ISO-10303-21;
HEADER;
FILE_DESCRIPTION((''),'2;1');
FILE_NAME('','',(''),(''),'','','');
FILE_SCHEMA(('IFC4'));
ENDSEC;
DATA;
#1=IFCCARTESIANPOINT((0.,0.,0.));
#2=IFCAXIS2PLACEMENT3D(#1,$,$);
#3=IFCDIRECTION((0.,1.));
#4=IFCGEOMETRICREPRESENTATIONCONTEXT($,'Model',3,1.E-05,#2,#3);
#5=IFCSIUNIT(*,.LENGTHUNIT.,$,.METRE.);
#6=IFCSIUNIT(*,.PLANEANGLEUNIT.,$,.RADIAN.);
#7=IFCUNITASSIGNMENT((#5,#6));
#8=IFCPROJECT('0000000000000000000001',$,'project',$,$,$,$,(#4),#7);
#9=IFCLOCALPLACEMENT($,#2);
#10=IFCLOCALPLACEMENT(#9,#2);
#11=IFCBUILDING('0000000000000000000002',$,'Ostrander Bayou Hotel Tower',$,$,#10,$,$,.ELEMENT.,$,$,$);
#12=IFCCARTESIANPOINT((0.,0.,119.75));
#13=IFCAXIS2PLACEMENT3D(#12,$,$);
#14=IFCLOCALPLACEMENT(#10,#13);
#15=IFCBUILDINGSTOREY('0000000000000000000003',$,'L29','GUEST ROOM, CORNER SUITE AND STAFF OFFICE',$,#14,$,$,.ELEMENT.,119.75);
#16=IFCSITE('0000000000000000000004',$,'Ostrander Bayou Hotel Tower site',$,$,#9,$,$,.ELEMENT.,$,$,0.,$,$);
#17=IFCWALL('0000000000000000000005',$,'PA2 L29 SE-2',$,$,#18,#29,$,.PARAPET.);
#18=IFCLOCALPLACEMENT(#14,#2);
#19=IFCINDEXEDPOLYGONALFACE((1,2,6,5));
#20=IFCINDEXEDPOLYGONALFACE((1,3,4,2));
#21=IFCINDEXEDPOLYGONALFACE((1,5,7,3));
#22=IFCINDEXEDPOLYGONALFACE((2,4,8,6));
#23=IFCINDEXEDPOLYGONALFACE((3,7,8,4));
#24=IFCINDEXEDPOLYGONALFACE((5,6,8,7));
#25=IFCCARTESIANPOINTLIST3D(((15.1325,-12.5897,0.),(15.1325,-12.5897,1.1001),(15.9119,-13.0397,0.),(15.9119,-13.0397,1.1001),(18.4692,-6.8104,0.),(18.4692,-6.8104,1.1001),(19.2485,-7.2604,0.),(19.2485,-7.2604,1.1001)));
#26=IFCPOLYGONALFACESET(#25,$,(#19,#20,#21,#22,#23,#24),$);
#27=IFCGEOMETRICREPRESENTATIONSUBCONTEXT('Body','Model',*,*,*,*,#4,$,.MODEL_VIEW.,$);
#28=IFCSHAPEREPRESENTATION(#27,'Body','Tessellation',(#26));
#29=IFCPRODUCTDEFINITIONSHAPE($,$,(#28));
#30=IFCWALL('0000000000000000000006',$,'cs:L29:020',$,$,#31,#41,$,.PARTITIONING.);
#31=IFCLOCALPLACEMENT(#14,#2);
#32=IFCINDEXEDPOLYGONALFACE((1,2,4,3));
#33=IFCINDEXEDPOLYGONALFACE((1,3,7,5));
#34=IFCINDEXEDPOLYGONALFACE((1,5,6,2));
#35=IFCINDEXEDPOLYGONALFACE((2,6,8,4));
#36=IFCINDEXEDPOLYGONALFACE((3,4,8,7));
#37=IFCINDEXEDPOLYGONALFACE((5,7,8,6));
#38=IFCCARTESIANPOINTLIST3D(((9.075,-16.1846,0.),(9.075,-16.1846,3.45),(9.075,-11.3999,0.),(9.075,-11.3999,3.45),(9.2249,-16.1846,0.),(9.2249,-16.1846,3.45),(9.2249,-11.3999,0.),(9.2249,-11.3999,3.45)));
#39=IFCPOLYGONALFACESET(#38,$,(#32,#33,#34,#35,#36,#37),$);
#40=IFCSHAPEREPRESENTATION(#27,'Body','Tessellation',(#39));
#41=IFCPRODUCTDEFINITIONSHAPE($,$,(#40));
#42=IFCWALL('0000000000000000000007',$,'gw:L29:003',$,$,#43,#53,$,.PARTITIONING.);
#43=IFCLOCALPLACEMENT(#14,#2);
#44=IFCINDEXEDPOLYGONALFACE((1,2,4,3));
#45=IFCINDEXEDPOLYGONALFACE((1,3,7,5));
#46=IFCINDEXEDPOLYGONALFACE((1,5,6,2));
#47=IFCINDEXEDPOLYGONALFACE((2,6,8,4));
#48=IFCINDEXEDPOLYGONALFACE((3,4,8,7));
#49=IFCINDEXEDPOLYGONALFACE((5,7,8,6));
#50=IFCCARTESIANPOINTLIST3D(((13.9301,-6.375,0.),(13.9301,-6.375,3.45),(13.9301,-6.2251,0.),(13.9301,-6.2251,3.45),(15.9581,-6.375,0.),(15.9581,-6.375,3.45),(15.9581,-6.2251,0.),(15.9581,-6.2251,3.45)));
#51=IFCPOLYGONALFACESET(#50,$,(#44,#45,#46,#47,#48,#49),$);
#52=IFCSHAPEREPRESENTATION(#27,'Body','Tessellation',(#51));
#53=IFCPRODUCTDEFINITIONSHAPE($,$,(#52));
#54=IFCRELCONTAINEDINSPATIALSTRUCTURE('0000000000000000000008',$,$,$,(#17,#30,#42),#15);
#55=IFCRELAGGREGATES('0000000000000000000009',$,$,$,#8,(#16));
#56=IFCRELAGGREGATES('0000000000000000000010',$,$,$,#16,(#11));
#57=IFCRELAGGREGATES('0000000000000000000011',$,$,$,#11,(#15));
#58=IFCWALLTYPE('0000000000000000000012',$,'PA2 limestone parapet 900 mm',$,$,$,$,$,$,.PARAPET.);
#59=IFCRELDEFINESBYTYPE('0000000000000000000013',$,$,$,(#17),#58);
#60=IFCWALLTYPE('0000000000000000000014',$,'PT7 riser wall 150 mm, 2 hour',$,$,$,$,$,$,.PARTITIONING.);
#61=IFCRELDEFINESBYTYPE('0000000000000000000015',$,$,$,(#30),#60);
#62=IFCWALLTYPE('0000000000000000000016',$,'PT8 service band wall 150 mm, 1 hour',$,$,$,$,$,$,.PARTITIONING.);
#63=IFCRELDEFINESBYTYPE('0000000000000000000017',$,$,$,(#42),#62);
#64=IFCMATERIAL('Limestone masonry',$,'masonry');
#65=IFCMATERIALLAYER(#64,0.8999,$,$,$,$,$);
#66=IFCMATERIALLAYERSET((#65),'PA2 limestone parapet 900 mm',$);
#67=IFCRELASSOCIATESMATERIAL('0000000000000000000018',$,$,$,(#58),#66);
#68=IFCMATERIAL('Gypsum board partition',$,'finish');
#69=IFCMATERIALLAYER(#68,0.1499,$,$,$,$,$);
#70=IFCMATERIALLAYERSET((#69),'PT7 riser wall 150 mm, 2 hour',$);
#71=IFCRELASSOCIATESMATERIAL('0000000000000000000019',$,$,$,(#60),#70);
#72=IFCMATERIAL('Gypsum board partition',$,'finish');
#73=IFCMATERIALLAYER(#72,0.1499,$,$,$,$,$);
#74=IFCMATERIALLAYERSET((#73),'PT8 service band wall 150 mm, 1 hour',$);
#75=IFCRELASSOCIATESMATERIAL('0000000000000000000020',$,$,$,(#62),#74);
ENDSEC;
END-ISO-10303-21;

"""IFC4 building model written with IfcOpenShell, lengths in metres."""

from ifc_helpers import new_model, si_unit, direction, frame, frame_2d, origin, place, context, subcontext, project, spatial, rectangle, extrude, material, layer, layer_set, type_object, element, save


model = new_model("IFC4")

# Units and contexts
model_context = context("Model", 3, precision=1e-05, world=origin(), true_north=direction((0.0, 1.0)))
body_context = subcontext(model_context, "Body", "Model", "MODEL_VIEW")
ifc_project = project(units=[si_unit("LENGTHUNIT", "METRE"), si_unit("PLANEANGLEUNIT", "RADIAN")], contexts=[model_context])

# Site, building, storey
site_placement = place(None, origin())
site = spatial("IfcSite", under=ifc_project, at=site_placement, Name="Ostrander Bayou Hotel Tower site", CompositionType="ELEMENT", RefElevation=0.0)
building_placement = place(site_placement, origin())
building = spatial("IfcBuilding", under=site, at=building_placement, Name="Ostrander Bayou Hotel Tower", CompositionType="ELEMENT")
storey_placement = place(building_placement, frame((0.0, 0.0, 119.75)))
storey = spatial("IfcBuildingStorey", under=building, at=storey_placement, Name="L29", Description="GUEST ROOM, CORNER SUITE AND STAFF OFFICE", CompositionType="ELEMENT", Elevation=119.75)

# Walls
ifc_material_1 = material(Name="Limestone masonry", Category="masonry")
ifc_layer_1 = layer(ifc_material_1, 0.8999)
ifc_layer_set_1 = layer_set([ifc_layer_1], Name="PA2 limestone parapet 900 mm")
wall_type_1 = type_object("IfcWallType", Name="PA2 limestone parapet 900 mm", PredefinedType="PARAPET", material=ifc_layer_set_1)
wall_1_placement = place(storey_placement, frame((15.5222, -12.8147, 0.0), z_axis=(0.0, 0.0, 1.0), x_axis=(0.499999, 0.866026, 0.0)))
element("IfcWall", 1, at=wall_1_placement, inside=storey, type_object=wall_type_1, Name="PA2 L29 SE-2", PredefinedType="PARAPET", context=body_context, shape_type="SweptSolid", body=[
    extrude(rectangle(XDim=6.6733, YDim=0.8999, at=frame_2d((3.3367, 0.0))), origin(), (0.0, 0.0, 1.0), 1.1001),
])
ifc_material_2 = material(Name="Gypsum board partition", Category="finish")
ifc_layer_2 = layer(ifc_material_2, 0.1499)
ifc_layer_set_2 = layer_set([ifc_layer_2], Name="PT7 riser wall 150 mm, 2 hour")
wall_type_2 = type_object("IfcWallType", Name="PT7 riser wall 150 mm, 2 hour", PredefinedType="PARTITIONING", material=ifc_layer_set_2)
wall_2_placement = place(storey_placement, frame((9.1499, -11.3999, 0.0), z_axis=(0.0, 0.0, 1.0), x_axis=(0.0, -1.0, 0.0)))
element("IfcWall", 2, at=wall_2_placement, inside=storey, type_object=wall_type_2, Name="cs:L29:020", PredefinedType="PARTITIONING", context=body_context, shape_type="SweptSolid", body=[
    extrude(rectangle(XDim=4.7847, YDim=0.1499, at=frame_2d((2.3923, 0.0))), origin(), (0.0, 0.0, 1.0), 3.45),
])
ifc_material_3 = material(Name="Gypsum board partition", Category="finish")
ifc_layer_3 = layer(ifc_material_3, 0.1499)
ifc_layer_set_3 = layer_set([ifc_layer_3], Name="PT8 service band wall 150 mm, 1 hour")
wall_type_3 = type_object("IfcWallType", Name="PT8 service band wall 150 mm, 1 hour", PredefinedType="PARTITIONING", material=ifc_layer_set_3)
wall_3_placement = place(storey_placement, frame((13.9299, -6.3, 0.0), z_axis=(0.0, 0.0, 1.0), x_axis=(1.0, 0.0, 0.0)))
element("IfcWall", 3, at=wall_3_placement, inside=storey, type_object=wall_type_3, Name="gw:L29:003", PredefinedType="PARTITIONING", context=body_context, shape_type="SweptSolid", body=[
    extrude(rectangle(XDim=2.0281, YDim=0.1499, at=frame_2d((1.0142, 0.0))), origin(), (0.0, 0.0, 1.0), 3.45),
])

save(model, "model.ifc")
